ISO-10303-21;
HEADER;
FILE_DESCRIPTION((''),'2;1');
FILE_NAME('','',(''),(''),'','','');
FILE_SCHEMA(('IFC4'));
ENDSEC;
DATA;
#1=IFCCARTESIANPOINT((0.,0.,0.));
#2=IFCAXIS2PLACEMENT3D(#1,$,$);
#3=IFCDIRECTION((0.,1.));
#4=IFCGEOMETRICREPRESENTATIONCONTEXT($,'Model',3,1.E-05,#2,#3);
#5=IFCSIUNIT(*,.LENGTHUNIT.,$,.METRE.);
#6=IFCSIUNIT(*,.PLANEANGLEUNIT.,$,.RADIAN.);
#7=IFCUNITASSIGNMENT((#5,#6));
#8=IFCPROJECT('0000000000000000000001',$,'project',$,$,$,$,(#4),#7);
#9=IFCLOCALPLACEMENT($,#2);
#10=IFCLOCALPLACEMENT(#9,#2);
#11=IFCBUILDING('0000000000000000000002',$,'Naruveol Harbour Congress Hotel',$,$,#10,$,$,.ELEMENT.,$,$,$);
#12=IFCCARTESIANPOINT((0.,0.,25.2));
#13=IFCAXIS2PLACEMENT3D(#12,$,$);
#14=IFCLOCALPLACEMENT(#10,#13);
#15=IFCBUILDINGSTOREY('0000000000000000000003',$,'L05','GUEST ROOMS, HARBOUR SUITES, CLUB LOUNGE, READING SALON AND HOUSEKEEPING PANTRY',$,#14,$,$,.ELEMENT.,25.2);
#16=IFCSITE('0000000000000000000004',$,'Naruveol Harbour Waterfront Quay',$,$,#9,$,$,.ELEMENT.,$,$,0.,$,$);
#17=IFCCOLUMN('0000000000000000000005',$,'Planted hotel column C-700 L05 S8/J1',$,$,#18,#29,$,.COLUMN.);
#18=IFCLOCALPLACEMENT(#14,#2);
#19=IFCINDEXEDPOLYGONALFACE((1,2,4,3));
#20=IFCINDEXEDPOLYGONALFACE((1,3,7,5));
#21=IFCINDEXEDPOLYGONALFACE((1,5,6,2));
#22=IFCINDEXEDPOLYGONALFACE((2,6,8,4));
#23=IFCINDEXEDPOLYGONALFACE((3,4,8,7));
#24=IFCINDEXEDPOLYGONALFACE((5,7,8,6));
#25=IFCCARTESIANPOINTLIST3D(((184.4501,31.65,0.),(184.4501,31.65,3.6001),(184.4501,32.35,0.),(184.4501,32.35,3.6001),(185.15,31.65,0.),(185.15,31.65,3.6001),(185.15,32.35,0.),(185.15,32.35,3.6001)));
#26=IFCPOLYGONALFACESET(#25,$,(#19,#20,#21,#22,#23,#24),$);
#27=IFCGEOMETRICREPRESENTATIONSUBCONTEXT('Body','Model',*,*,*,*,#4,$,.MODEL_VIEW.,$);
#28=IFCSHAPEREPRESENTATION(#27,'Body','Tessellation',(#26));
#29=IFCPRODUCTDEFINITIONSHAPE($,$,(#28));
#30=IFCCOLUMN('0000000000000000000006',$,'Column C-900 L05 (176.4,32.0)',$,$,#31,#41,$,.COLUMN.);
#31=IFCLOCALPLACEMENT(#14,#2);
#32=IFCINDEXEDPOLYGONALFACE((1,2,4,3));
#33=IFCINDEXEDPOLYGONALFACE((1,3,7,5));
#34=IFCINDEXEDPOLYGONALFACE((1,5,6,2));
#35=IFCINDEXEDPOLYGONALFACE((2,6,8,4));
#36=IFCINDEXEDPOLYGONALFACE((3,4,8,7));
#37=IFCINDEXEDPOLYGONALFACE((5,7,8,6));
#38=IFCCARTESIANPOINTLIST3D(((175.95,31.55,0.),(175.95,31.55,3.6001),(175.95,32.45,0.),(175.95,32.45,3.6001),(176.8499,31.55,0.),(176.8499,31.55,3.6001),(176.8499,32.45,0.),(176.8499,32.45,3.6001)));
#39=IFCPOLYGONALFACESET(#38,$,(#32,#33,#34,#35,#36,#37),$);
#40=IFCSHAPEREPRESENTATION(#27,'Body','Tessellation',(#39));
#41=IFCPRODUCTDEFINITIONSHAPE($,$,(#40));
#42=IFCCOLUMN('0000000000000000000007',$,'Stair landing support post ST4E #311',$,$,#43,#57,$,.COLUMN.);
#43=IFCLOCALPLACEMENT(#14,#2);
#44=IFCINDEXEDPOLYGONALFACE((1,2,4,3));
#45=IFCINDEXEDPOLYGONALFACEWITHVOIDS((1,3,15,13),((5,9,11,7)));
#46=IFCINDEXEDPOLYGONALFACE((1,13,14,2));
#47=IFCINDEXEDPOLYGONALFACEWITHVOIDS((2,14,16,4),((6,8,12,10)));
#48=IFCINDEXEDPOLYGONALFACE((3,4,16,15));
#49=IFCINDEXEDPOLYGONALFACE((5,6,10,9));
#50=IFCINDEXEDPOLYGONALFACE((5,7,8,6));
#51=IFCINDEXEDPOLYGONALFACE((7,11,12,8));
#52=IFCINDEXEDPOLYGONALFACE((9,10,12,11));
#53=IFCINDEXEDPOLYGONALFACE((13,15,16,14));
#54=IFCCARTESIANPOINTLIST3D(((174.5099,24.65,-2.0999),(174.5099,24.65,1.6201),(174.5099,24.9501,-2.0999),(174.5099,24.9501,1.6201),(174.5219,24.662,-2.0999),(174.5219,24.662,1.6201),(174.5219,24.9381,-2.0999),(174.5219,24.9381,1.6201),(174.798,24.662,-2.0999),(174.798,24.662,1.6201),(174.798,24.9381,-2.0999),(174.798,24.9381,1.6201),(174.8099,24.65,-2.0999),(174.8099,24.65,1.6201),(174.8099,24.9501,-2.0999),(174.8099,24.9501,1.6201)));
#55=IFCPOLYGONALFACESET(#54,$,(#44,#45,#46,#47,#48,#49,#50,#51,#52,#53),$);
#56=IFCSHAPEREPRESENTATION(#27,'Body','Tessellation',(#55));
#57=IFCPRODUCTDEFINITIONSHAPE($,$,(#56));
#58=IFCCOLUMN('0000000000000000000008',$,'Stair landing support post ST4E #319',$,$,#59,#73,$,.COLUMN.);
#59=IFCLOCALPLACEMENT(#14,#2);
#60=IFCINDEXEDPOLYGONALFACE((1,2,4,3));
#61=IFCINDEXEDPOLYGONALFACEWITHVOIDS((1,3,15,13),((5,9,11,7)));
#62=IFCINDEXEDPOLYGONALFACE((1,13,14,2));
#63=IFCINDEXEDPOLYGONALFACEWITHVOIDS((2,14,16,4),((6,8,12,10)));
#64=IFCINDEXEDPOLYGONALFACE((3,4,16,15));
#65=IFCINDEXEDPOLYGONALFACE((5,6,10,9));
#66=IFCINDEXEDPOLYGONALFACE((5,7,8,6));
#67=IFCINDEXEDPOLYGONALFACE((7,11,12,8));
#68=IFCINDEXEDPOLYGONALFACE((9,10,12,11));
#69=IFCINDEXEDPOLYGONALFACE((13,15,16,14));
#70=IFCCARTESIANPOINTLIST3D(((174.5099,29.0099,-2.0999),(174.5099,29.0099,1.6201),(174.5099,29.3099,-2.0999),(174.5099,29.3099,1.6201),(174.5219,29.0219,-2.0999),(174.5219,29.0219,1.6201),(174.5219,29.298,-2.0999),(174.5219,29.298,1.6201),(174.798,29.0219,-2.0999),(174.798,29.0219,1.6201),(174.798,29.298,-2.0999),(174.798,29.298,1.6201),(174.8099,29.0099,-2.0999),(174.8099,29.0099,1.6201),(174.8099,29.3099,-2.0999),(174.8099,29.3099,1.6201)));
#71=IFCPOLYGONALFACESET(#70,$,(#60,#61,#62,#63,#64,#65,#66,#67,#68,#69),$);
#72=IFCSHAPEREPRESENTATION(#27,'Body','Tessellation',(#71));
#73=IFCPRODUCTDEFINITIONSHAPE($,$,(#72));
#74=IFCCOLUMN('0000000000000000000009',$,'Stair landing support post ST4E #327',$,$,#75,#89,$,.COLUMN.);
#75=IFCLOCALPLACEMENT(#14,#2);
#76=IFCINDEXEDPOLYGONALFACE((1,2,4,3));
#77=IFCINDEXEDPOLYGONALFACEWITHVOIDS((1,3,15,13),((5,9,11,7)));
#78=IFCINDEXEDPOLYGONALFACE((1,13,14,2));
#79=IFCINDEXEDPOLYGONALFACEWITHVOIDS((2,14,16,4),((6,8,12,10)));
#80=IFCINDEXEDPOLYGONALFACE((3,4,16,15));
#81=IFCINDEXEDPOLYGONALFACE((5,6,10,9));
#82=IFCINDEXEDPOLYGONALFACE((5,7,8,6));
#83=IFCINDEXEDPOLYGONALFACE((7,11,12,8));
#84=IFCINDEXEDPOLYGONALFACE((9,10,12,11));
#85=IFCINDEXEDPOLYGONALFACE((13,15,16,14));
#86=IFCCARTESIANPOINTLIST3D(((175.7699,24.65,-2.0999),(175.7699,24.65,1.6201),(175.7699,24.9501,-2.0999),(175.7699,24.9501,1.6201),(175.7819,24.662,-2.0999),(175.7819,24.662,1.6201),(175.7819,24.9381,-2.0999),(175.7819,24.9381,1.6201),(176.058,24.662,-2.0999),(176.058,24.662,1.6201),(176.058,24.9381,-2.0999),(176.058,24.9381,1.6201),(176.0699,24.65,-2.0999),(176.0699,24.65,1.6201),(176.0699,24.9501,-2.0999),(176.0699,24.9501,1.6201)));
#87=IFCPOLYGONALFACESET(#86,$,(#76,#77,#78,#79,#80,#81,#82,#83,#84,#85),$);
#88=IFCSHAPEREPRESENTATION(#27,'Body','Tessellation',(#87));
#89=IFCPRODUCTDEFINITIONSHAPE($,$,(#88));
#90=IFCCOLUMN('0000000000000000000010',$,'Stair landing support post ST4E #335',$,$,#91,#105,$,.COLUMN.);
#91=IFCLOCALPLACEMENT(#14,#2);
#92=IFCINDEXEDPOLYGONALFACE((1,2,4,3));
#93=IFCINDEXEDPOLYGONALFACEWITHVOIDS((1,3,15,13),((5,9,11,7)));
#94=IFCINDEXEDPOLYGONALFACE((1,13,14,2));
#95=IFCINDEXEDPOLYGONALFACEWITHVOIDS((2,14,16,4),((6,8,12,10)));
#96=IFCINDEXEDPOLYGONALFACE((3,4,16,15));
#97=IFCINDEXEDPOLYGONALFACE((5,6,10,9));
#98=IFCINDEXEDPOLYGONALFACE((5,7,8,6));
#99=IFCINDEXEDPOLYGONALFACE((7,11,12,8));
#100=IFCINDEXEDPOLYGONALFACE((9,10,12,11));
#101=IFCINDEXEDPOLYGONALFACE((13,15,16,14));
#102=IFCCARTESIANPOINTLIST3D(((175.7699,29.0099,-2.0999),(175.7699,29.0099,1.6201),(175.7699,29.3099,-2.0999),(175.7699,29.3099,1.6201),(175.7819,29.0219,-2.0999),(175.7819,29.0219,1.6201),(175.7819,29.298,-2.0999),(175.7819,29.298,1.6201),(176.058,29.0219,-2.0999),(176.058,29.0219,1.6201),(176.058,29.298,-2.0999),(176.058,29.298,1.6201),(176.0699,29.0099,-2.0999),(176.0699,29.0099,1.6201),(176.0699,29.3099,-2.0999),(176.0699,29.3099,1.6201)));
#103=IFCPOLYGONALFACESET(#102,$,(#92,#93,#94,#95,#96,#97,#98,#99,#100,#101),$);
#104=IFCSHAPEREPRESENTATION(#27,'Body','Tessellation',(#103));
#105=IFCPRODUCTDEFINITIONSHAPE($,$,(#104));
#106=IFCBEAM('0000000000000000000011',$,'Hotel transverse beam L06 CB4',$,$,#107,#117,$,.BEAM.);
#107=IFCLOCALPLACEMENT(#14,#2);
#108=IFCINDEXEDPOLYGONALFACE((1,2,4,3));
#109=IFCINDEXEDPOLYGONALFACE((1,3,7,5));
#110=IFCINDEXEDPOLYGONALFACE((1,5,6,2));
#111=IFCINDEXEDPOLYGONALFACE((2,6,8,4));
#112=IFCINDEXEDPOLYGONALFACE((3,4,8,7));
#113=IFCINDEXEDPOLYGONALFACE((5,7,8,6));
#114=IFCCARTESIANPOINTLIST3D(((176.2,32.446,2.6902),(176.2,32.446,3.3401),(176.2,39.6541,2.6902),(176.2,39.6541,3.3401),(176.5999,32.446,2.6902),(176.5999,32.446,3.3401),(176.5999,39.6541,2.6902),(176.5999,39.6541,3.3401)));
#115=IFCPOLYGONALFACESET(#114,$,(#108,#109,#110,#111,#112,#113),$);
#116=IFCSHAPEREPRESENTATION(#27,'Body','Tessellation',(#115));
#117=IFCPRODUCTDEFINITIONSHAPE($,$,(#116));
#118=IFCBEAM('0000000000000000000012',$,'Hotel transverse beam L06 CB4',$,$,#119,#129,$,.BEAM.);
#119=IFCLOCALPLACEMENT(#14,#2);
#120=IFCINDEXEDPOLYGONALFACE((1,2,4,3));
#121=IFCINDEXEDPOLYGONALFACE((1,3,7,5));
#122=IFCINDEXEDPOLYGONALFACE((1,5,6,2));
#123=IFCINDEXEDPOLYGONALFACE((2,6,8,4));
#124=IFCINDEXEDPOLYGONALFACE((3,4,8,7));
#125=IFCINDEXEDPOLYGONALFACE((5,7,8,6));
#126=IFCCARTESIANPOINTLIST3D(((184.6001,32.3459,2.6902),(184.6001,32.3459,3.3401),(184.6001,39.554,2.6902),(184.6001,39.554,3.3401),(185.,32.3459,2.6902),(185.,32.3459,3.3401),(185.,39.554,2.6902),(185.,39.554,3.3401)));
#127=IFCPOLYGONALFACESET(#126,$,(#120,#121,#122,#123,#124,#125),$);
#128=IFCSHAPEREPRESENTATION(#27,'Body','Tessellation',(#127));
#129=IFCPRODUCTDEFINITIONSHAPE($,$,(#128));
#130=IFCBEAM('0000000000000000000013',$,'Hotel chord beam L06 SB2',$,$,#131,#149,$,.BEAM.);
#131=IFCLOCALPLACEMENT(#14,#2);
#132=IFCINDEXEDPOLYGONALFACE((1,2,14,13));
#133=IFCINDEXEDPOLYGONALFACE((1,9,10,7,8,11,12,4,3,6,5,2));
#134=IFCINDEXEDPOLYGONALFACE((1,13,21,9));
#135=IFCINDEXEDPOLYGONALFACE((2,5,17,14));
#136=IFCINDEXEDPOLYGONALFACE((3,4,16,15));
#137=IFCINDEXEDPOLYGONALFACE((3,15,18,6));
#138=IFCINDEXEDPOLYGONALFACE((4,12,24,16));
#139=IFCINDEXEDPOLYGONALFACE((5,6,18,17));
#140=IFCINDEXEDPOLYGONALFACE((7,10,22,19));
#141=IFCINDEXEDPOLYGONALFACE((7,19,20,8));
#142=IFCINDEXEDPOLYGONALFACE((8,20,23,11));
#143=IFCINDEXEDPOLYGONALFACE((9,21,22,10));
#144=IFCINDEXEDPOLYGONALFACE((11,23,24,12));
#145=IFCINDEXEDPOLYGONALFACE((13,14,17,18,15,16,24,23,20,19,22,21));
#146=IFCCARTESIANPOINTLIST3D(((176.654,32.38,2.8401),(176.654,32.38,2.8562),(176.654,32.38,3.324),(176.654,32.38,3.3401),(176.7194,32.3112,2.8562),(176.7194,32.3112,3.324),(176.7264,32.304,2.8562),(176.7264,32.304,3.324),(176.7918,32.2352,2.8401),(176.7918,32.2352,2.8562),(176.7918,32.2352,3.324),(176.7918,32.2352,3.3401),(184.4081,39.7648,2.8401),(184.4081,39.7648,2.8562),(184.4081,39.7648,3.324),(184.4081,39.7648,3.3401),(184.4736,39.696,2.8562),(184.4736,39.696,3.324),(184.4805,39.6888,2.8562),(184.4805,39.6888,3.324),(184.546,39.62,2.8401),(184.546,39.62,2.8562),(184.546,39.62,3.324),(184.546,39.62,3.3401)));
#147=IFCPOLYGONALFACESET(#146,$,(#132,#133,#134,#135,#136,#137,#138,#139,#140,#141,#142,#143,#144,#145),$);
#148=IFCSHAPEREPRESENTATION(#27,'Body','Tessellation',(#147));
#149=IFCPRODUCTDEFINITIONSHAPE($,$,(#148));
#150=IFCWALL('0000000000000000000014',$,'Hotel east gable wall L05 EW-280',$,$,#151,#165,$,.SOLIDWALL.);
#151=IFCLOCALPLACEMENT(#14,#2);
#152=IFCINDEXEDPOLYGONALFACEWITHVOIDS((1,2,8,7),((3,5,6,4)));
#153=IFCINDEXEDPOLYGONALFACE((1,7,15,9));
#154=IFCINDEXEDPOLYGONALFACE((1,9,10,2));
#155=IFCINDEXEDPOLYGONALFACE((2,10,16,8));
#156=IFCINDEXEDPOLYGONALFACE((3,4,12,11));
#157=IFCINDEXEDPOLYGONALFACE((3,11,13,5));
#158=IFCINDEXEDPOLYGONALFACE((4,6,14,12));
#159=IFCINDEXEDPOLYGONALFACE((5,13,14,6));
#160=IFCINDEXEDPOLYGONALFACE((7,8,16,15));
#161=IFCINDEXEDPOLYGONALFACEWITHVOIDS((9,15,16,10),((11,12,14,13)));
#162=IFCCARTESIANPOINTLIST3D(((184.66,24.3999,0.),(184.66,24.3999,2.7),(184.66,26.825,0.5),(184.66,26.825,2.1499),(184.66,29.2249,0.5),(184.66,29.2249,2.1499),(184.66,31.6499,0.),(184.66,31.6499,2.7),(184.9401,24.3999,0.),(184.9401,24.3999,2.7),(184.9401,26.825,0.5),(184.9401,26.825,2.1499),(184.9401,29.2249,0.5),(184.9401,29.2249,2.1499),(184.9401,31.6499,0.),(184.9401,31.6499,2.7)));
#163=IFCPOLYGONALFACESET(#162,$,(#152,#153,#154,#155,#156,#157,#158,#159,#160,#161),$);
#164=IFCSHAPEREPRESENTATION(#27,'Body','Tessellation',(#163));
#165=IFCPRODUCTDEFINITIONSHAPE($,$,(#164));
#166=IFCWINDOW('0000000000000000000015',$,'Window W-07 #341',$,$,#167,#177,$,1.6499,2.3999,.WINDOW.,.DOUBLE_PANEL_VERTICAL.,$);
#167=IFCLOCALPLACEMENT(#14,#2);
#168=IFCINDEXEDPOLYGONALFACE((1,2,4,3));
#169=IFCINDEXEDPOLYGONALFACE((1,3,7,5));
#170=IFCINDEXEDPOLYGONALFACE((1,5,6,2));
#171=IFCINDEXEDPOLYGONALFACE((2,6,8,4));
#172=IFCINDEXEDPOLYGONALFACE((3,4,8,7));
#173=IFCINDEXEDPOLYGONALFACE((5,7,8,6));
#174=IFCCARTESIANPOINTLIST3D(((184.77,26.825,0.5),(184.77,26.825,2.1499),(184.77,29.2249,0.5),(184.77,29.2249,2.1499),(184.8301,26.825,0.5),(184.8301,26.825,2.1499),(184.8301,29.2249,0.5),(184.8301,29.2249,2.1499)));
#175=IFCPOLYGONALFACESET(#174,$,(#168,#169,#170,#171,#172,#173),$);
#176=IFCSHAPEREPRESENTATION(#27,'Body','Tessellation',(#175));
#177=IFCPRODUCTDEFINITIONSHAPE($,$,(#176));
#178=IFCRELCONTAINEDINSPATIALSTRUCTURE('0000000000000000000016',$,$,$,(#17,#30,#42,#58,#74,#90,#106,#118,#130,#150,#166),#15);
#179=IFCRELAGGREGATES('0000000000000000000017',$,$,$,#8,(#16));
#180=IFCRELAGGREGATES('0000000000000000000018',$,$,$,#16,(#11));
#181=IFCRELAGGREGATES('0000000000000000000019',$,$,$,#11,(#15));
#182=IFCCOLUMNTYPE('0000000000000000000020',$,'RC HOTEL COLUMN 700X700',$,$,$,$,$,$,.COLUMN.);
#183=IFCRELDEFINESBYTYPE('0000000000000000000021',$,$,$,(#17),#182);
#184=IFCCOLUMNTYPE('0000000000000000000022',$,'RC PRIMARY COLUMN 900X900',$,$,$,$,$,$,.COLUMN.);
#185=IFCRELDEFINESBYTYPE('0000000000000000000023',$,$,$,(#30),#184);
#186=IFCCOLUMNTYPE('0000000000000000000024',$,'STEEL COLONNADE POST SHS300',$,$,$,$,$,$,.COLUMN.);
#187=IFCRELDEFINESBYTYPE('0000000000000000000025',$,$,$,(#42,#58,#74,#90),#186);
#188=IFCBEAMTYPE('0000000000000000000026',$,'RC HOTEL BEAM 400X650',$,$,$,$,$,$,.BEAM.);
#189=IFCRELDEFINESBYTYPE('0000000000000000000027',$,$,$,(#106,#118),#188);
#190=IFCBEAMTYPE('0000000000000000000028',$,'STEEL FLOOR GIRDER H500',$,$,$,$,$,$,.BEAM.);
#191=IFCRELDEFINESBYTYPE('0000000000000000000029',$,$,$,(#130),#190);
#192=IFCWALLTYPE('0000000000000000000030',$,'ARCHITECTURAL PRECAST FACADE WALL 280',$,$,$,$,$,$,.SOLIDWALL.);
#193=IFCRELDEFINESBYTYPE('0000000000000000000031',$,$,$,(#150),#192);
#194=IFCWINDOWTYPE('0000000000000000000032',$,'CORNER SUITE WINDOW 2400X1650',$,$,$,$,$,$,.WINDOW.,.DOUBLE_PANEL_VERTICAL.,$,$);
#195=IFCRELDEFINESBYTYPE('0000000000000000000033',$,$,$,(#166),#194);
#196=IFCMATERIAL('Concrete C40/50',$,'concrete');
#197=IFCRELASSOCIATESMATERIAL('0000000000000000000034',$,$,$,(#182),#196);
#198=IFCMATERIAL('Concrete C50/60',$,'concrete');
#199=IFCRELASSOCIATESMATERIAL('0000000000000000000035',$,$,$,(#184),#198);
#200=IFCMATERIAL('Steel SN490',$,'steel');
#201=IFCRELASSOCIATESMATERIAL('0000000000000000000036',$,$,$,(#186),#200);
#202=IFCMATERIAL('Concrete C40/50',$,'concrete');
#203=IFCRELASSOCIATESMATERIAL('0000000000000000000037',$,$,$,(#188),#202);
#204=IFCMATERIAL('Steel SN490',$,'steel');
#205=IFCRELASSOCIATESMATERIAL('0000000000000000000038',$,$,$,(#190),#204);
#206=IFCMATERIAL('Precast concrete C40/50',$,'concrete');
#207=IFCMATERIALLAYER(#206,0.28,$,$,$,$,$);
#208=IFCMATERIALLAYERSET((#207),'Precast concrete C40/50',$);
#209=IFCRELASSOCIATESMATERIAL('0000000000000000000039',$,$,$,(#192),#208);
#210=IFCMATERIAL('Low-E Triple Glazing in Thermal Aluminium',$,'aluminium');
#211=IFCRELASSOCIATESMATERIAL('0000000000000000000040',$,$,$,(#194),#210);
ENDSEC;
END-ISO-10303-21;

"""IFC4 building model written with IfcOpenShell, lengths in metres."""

from ifc_helpers import new_model, si_unit, direction, frame, frame_2d, origin, origin_2d, place, context, subcontext, project, spatial, rectangle, hollow_rectangle, i_section, extrude, material, layer, layer_set, material_profile, profile_set, type_object, element, fill, save


model = new_model("IFC4")

# Units and contexts
model_context = context("Model", 3, precision=1e-05, world=origin(), true_north=direction((0.0, 1.0)))
body_context = subcontext(model_context, "Body", "Model", "MODEL_VIEW")
ifc_project = project(units=[si_unit("LENGTHUNIT", "METRE"), si_unit("PLANEANGLEUNIT", "RADIAN")], contexts=[model_context])

# Site, building, storey
site_placement = place(None, origin())
site = spatial("IfcSite", under=ifc_project, at=site_placement, Name="Naruveol Harbour Waterfront Quay", CompositionType="ELEMENT", RefElevation=0.0)
building_placement = place(site_placement, origin())
building = spatial("IfcBuilding", under=site, at=building_placement, Name="Naruveol Harbour Congress Hotel", CompositionType="ELEMENT")
storey_placement = place(building_placement, frame((0.0, 0.0, 25.2)))
storey = spatial("IfcBuildingStorey", under=building, at=storey_placement, Name="L05", Description="GUEST ROOMS, HARBOUR SUITES, CLUB LOUNGE, READING SALON AND HOUSEKEEPING PANTRY", CompositionType="ELEMENT", Elevation=25.2)

# Columns
ifc_material_1 = material(Name="Concrete C40/50", Category="concrete")
ifc_material_profile_1 = material_profile(ifc_material_1, rectangle(XDim=0.7, YDim=0.7, at=origin_2d()), Name="RC-700x700")
ifc_profile_set_1 = profile_set([ifc_material_profile_1], Name="Concrete C40/50")
column_type_1 = type_object("IfcColumnType", Name="RC HOTEL COLUMN 700X700", PredefinedType="COLUMN", material=ifc_profile_set_1)
column_1_placement = place(storey_placement, frame((184.8, 32.0, 0.0), z_axis=(0.0, 0.0, 1.0), x_axis=(1.0, 0.0, 0.0)))
element("IfcColumn", 1, at=column_1_placement, inside=storey, type_object=column_type_1, Name="Planted hotel column C-700 L05 S8/J1", PredefinedType="COLUMN", context=body_context, shape_type="SweptSolid", body=[
    extrude(rectangle(XDim=0.7, YDim=0.7, at=origin_2d()), origin(), (0.0, 0.0, 1.0), 3.6001),
])
ifc_material_2 = material(Name="Concrete C50/60", Category="concrete")
ifc_material_profile_2 = material_profile(ifc_material_2, rectangle(XDim=0.8999, YDim=0.8999, at=origin_2d()), Name="RC-900x900")
ifc_profile_set_2 = profile_set([ifc_material_profile_2], Name="Concrete C50/60")
column_type_2 = type_object("IfcColumnType", Name="RC PRIMARY COLUMN 900X900", PredefinedType="COLUMN", material=ifc_profile_set_2)
column_2_placement = place(storey_placement, frame((176.3999, 32.0, 0.0), z_axis=(0.0, 0.0, 1.0), x_axis=(1.0, 0.0, 0.0)))
element("IfcColumn", 2, at=column_2_placement, inside=storey, type_object=column_type_2, Name="Column C-900 L05 (176.4,32.0)", PredefinedType="COLUMN", context=body_context, shape_type="SweptSolid", body=[
    extrude(rectangle(XDim=0.8999, YDim=0.8999, at=origin_2d()), origin(), (0.0, 0.0, 1.0), 3.6001),
])
ifc_material_3 = material(Name="Steel SN490", Category="steel")
ifc_material_profile_3 = material_profile(ifc_material_3, hollow_rectangle(XDim=0.3, YDim=0.3, WallThickness=0.012, at=origin_2d()), Name="SHS-300x300x12")
ifc_profile_set_3 = profile_set([ifc_material_profile_3], Name="Steel SN490")
column_type_3 = type_object("IfcColumnType", Name="STEEL COLONNADE POST SHS300", PredefinedType="COLUMN", material=ifc_profile_set_3)
for number, where, z_axis, x_axis, name in (
    (3, (174.6599, 24.8, -2.0999), (0.0, 0.0, 1.0), (1.0, 0.0, 0.0), "Stair landing support post ST4E #311"),
    (4, (174.6599, 29.1599, -2.0999), (0.0, 0.0, 1.0), (1.0, 0.0, 0.0), "Stair landing support post ST4E #319"),
    (5, (175.9199, 24.8, -2.0999), (0.0, 0.0, 1.0), (1.0, 0.0, 0.0), "Stair landing support post ST4E #327"),
    (6, (175.9199, 29.1599, -2.0999), (0.0, 0.0, 1.0), (1.0, 0.0, 0.0), "Stair landing support post ST4E #335"),
):
    element("IfcColumn", number, at=place(storey_placement, frame(where, z_axis=z_axis, x_axis=x_axis)), inside=storey, type_object=column_type_3, Name=name, PredefinedType="COLUMN", context=body_context, shape_type="SweptSolid", body=[
        extrude(hollow_rectangle(XDim=0.3, YDim=0.3, WallThickness=0.012, at=origin_2d()), origin(), (0.0, 0.0, 1.0), 3.72),
    ])

# Beams
ifc_material_4 = material(Name="Concrete C40/50", Category="concrete")
ifc_material_profile_4 = material_profile(ifc_material_4, rectangle(XDim=0.3999, YDim=0.6499, at=origin_2d()), Name="RCB-400x650")
ifc_profile_set_4 = profile_set([ifc_material_profile_4], Name="Concrete C40/50")
beam_type_1 = type_object("IfcBeamType", Name="RC HOTEL BEAM 400X650", PredefinedType="BEAM", material=ifc_profile_set_4)
for number, where, z_axis, x_axis, name in (
    (7, (176.3999, 32.446, 3.0151), (0.0, 1.0, 0.0), (-1.0, 0.0, 0.0), "Hotel transverse beam L06 CB4"),
    (8, (184.8, 32.3459, 3.0151), (0.0, 1.0, 0.0), (-1.0, 0.0, 0.0), "Hotel transverse beam L06 CB4"),
):
    element("IfcBeam", number, at=place(storey_placement, frame(where, z_axis=z_axis, x_axis=x_axis)), inside=storey, type_object=beam_type_1, Name=name, PredefinedType="BEAM", context=body_context, shape_type="SweptSolid", body=[
        extrude(rectangle(XDim=0.3999, YDim=0.6499, at=origin_2d()), origin(), (0.0, 0.0, 1.0), 7.208),
    ])
ifc_material_5 = material(Name="Steel SN490", Category="steel")
ifc_material_profile_5 = material_profile(ifc_material_5, i_section(OverallWidth=0.2, OverallDepth=0.5, WebThickness=0.01, FlangeThickness=0.0161, at=origin_2d()), Name="H-500x200x10x16")
ifc_profile_set_5 = profile_set([ifc_material_profile_5], Name="Steel SN490")
beam_type_2 = type_object("IfcBeamType", Name="STEEL FLOOR GIRDER H500", PredefinedType="BEAM", material=ifc_profile_set_5)
beam_placement = place(storey_placement, frame((176.7229, 32.3076, 3.0901), z_axis=(0.724144, 0.689648, 0.0), x_axis=(-0.689648, 0.724144, 0.0)))
element("IfcBeam", 9, at=beam_placement, inside=storey, type_object=beam_type_2, Name="Hotel chord beam L06 SB2", PredefinedType="BEAM", context=body_context, shape_type="SweptSolid", body=[
    extrude(i_section(OverallWidth=0.2, OverallDepth=0.5, WebThickness=0.01, FlangeThickness=0.0161, at=origin_2d()), origin(), (0.0, 0.0, 1.0), 10.708),
])

# Wall, opening, window
ifc_material_6 = material(Name="Precast concrete C40/50", Category="concrete")
ifc_layer_1 = layer(ifc_material_6, 0.28)
ifc_layer_set_1 = layer_set([ifc_layer_1], Name="Precast concrete C40/50")
wall_type_1 = type_object("IfcWallType", Name="ARCHITECTURAL PRECAST FACADE WALL 280", PredefinedType="SOLIDWALL", material=ifc_layer_set_1)
wall_1_placement = place(storey_placement, frame((184.8, 31.6499, 0.0), z_axis=(0.0, 0.0, 1.0), x_axis=(0.0, -1.0, 0.0)))
wall_1 = element("IfcWall", 10, at=wall_1_placement, inside=storey, type_object=wall_type_1, Name="Hotel east gable wall L05 EW-280", PredefinedType="SOLIDWALL", context=body_context, shape_type="SweptSolid", body=[
    extrude(rectangle(XDim=7.25, YDim=0.28, at=frame_2d((3.625, 0.0))), origin(), (0.0, 0.0, 1.0), 2.7),
])
opening_1_placement = place(wall_1_placement, frame((2.425, 0.0, 0.5)))
opening_1 = element("IfcOpeningElement", 11, at=opening_1_placement, cuts=wall_1, PredefinedType="OPENING", context=body_context, shape_type="SweptSolid", body=[
    extrude(rectangle(XDim=2.3999, YDim=1.6499, at=frame_2d((1.2, 0.825))), frame((0.0, 0.1499, 0.0), z_axis=(0.0, -1.0, 0.0), x_axis=(1.0, 0.0, 0.0)), (0.0, 0.0, 1.0), 0.3),
])
ifc_material_7 = material(Name="Low-E Triple Glazing in Thermal Aluminium", Category="aluminium")
window_type = type_object("IfcWindowType", Name="CORNER SUITE WINDOW 2400X1650", PartitioningType="DOUBLE_PANEL_VERTICAL", PredefinedType="WINDOW", material=ifc_material_7)
window_placement = place(opening_1_placement, origin())
window = element("IfcWindow", 12, at=window_placement, inside=storey, type_object=window_type, Name="Window W-07 #341", OverallHeight=1.6499, OverallWidth=2.3999, PartitioningType="DOUBLE_PANEL_VERTICAL", PredefinedType="WINDOW", context=body_context, shape_type="SweptSolid", body=[
    extrude(rectangle(XDim=2.3999, YDim=1.6499, at=frame_2d((1.2, 0.825))), frame((0.0, 0.03, 0.0), z_axis=(0.0, -1.0, 0.0), x_axis=(1.0, 0.0, 0.0)), (0.0, 0.0, 1.0), 0.0601),
])
fill(opening_1, window)

save(model, "model.ifc")
